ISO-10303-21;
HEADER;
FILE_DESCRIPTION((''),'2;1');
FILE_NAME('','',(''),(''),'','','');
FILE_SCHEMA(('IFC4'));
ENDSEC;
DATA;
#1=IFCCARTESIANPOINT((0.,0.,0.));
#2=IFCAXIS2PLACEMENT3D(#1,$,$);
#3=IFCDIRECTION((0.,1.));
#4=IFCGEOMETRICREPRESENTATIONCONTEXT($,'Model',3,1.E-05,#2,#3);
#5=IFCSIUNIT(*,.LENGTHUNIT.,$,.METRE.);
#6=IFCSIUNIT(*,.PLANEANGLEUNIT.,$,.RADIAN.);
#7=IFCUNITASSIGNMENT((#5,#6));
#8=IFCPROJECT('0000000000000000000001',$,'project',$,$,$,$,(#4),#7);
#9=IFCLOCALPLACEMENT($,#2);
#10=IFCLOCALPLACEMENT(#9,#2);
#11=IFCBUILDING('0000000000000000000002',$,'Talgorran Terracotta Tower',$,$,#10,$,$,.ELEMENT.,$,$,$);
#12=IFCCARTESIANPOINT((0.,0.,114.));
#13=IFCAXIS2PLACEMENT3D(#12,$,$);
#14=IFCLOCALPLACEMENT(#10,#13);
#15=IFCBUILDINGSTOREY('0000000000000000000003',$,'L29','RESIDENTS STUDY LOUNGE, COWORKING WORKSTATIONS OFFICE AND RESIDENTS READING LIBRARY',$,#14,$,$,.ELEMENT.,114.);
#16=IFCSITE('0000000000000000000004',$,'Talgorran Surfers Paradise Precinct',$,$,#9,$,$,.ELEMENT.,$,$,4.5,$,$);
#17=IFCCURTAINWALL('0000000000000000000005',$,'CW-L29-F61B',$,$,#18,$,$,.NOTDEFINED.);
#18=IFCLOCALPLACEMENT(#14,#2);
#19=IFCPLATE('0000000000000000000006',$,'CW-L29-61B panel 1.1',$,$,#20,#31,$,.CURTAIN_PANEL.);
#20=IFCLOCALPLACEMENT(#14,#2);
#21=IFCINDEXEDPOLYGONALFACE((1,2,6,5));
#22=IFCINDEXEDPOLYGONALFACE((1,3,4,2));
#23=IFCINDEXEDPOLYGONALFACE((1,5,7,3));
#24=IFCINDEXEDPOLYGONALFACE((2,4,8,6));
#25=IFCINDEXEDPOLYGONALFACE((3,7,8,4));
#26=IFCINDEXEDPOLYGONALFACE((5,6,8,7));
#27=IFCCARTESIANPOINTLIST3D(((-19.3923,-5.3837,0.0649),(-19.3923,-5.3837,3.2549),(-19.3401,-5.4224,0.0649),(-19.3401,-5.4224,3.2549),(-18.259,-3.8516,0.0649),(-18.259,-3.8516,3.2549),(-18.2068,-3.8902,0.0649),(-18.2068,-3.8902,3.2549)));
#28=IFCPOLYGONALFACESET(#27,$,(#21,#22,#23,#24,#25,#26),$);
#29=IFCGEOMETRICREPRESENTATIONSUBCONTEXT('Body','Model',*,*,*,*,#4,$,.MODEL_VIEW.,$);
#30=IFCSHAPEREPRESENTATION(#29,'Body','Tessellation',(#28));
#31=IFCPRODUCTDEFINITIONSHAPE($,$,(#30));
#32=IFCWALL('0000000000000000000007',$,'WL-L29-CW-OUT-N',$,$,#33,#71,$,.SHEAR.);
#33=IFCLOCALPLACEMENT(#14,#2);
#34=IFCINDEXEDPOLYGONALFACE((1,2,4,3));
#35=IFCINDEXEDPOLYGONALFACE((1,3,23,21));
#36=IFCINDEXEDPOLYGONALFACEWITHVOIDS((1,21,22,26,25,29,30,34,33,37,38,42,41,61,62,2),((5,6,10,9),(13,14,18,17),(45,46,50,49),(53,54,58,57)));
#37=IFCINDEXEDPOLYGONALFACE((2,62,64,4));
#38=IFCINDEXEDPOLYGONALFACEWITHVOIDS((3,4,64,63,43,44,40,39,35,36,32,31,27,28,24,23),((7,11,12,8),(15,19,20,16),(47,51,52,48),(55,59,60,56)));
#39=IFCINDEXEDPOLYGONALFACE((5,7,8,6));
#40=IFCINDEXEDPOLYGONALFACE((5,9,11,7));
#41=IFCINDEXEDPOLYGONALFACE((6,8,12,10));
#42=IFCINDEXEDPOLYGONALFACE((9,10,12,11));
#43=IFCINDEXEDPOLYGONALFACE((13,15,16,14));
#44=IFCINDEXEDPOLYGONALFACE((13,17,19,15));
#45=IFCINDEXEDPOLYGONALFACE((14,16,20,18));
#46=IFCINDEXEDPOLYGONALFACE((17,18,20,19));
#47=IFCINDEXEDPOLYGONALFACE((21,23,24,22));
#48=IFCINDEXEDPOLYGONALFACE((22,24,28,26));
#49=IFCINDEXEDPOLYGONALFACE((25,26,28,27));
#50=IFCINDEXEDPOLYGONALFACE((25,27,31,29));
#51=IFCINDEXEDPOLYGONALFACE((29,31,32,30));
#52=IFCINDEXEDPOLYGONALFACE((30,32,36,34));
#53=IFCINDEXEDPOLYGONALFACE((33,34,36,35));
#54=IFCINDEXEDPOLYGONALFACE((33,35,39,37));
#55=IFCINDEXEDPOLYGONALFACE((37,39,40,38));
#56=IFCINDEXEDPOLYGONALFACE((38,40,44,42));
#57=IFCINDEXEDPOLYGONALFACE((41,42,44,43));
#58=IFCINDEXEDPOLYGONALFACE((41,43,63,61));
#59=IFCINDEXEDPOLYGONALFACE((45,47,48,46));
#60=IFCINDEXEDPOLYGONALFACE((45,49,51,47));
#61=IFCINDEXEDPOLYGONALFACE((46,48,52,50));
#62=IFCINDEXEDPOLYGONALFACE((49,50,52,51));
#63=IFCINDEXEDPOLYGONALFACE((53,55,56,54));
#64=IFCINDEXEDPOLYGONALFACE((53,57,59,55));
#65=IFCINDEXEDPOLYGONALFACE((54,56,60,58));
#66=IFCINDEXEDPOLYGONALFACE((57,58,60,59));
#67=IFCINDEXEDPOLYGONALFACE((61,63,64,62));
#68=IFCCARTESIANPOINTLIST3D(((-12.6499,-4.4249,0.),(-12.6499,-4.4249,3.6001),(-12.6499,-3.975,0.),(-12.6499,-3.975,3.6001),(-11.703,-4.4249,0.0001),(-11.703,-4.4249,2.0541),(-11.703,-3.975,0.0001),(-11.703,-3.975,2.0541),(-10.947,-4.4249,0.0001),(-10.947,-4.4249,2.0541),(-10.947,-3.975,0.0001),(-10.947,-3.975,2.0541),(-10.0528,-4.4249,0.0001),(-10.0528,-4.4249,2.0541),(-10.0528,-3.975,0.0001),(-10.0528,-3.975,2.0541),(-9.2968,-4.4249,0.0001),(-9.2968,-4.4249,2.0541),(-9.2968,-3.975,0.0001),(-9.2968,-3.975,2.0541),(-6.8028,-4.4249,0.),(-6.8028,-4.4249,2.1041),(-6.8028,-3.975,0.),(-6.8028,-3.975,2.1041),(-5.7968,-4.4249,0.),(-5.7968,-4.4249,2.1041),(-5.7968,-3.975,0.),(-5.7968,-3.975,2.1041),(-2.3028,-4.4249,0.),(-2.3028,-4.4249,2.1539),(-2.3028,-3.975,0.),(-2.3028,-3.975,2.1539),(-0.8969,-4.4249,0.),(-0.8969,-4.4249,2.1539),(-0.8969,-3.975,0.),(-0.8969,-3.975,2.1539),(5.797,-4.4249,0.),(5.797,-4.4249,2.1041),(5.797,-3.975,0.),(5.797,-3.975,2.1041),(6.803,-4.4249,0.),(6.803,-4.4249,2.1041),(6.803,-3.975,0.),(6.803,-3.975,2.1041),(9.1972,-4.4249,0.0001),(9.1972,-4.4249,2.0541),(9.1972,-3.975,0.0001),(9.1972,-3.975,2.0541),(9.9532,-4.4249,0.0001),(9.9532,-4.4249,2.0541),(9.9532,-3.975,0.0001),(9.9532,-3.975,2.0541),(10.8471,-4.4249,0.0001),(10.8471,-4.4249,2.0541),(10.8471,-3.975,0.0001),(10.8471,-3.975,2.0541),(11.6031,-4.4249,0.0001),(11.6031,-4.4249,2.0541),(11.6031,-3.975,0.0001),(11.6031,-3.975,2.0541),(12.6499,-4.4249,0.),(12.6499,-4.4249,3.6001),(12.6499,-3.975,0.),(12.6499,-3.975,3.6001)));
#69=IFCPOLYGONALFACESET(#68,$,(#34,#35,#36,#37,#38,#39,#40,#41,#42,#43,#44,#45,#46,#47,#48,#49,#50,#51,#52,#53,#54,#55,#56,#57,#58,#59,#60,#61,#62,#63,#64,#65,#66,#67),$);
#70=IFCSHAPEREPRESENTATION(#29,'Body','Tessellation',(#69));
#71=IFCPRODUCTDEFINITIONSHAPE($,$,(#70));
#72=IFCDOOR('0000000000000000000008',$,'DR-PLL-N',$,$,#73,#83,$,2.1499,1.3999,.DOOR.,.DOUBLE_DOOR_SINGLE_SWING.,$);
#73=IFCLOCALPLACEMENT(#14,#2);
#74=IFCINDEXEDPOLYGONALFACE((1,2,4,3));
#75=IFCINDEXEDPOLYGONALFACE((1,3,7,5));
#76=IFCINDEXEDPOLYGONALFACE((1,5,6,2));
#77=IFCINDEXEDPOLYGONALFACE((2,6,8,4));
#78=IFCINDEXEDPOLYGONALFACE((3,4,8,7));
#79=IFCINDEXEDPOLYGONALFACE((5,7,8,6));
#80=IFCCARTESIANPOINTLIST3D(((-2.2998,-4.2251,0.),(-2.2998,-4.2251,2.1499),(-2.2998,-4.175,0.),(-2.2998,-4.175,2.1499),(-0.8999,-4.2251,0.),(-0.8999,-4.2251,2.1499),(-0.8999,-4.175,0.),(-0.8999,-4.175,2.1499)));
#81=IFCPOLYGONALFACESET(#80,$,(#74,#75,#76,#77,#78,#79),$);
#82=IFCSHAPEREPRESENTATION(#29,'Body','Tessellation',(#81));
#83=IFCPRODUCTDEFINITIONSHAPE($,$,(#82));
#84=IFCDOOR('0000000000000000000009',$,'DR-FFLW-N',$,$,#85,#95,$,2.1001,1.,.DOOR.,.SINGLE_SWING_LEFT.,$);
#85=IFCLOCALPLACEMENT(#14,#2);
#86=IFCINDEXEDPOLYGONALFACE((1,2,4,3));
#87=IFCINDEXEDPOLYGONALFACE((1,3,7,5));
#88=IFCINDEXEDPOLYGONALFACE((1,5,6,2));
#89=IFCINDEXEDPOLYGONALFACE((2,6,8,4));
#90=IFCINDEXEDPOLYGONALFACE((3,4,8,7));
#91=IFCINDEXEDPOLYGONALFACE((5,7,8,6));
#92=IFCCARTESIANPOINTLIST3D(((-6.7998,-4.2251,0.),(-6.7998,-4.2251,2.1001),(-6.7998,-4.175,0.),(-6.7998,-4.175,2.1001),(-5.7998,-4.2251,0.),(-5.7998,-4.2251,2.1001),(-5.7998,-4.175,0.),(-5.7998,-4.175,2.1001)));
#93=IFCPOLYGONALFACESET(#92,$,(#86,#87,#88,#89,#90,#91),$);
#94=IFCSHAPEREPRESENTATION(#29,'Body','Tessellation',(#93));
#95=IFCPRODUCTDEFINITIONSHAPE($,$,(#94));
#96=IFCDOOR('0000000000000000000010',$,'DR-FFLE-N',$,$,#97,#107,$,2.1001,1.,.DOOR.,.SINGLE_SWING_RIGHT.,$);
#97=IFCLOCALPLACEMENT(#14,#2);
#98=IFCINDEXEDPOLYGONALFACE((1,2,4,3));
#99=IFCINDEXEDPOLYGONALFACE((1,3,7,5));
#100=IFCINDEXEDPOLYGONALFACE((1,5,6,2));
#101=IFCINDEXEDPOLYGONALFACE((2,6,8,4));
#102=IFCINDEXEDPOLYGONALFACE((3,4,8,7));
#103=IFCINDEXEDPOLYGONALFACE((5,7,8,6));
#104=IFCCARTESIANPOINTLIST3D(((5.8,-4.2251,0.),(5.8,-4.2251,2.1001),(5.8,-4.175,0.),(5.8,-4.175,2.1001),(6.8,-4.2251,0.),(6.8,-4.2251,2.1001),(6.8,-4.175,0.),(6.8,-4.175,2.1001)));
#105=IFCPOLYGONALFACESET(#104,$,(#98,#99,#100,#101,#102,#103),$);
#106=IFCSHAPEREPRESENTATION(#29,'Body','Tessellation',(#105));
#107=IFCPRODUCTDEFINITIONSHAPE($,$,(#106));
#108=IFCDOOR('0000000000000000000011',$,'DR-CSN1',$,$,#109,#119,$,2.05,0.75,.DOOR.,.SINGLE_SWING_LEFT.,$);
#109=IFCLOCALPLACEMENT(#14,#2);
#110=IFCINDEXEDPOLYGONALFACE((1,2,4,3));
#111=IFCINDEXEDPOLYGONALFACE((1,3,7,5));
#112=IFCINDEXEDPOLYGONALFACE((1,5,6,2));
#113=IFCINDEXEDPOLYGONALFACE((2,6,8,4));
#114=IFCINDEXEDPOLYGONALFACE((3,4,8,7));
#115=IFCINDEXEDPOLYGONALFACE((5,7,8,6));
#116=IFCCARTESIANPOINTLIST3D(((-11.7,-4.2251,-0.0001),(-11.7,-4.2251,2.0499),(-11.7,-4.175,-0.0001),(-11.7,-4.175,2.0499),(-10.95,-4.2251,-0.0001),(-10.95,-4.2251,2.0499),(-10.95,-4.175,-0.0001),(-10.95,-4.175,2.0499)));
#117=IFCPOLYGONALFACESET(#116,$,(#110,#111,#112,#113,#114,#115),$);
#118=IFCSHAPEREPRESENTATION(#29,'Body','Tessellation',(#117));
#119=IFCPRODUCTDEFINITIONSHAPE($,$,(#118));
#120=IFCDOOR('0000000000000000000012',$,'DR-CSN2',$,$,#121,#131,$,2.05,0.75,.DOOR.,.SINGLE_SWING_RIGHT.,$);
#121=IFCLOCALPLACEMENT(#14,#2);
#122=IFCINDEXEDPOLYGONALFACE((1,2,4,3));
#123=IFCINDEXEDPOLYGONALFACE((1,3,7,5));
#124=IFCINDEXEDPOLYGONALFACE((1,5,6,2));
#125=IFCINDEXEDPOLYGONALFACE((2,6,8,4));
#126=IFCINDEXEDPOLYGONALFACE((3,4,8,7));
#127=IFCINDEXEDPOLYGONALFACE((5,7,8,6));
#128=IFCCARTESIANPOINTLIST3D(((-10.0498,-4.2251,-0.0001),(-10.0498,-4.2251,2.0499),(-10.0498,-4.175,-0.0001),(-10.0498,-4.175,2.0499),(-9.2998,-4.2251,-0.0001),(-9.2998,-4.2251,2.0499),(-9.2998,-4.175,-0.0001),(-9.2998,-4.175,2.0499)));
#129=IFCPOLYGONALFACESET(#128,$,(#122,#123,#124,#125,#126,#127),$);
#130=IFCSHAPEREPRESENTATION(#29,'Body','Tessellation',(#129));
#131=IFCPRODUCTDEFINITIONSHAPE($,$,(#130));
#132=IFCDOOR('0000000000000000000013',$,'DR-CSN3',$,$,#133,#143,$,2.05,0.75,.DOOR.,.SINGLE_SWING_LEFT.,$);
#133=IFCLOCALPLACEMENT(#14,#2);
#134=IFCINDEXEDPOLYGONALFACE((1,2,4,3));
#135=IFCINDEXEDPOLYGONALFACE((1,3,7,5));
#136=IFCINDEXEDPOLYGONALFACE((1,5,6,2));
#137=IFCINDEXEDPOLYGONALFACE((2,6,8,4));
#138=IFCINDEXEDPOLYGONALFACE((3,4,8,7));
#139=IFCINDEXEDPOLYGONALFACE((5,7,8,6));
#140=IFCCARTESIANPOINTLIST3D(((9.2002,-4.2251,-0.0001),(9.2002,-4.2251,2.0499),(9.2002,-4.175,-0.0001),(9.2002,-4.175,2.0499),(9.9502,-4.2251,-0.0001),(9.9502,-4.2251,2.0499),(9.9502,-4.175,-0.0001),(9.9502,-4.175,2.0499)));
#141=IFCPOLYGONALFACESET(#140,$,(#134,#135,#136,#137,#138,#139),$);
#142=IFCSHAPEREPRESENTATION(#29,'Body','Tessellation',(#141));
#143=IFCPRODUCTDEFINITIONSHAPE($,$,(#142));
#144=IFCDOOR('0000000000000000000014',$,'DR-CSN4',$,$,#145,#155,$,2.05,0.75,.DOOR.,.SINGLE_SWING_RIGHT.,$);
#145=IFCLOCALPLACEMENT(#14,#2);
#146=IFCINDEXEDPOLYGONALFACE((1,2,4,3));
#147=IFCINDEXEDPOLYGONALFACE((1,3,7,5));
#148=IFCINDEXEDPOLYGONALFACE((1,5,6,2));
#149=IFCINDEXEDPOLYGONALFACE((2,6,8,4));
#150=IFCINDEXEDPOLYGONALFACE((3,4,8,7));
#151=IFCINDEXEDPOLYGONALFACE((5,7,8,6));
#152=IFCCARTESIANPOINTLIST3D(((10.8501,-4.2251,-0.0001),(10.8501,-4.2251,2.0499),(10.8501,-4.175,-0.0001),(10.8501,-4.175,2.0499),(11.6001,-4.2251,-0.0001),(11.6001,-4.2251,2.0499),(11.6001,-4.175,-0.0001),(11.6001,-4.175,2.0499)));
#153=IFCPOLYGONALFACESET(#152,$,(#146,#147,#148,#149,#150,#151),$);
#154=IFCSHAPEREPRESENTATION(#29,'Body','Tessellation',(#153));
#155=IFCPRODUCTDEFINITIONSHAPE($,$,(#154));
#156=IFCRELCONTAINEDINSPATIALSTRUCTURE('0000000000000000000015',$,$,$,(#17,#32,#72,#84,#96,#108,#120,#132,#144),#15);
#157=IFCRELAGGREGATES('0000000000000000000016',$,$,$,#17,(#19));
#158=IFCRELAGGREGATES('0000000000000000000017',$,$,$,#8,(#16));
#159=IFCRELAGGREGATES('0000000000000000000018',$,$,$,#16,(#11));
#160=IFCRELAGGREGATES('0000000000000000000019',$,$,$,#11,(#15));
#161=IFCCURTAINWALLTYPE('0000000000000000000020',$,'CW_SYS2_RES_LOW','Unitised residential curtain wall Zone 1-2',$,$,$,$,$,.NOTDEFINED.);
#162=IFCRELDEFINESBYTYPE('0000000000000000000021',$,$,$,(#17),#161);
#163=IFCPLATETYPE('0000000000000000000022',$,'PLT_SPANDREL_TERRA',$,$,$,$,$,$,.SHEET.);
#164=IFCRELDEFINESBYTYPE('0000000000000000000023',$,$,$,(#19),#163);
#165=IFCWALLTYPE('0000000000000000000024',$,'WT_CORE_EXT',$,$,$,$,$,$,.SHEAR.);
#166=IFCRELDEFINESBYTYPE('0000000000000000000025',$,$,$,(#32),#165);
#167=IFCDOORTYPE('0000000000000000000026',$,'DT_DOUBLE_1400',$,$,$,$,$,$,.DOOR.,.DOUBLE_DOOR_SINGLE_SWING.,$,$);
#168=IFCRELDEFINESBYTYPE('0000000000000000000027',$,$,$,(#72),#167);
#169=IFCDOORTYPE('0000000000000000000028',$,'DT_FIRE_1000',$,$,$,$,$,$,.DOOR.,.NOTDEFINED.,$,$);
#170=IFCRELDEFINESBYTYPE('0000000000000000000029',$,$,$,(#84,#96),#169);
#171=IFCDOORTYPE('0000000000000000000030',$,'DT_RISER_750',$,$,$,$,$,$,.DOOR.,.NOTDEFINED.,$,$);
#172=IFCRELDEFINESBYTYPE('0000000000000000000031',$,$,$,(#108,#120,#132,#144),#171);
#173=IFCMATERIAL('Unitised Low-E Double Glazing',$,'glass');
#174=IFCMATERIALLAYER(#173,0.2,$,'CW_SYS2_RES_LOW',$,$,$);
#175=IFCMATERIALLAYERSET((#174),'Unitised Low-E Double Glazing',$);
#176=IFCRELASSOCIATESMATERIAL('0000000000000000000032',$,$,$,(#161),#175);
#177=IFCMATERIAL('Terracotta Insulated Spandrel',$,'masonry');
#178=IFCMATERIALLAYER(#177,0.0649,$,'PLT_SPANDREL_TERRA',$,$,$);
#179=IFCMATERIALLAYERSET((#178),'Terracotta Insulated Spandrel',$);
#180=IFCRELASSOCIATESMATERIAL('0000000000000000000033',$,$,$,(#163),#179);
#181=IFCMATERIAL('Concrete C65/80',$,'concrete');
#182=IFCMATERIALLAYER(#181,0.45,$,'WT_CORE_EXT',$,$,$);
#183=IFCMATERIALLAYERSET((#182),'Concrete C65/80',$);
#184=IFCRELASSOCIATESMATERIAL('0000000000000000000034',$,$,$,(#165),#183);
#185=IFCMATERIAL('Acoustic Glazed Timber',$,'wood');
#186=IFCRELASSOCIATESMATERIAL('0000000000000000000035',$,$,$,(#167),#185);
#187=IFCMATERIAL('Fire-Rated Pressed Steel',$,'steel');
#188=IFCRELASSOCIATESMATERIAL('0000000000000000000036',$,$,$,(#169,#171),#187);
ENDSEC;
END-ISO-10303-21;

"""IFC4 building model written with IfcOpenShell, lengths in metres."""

from ifc_helpers import new_model, si_unit, direction, frame, frame_2d, origin, origin_2d, place, context, subcontext, project, spatial, rectangle, extrude, source, transform, mapped, material, layer, layer_set, type_object, type_shapes, element, fill, aggregate, save


model = new_model("IFC4")

# Units and contexts
model_context = context("Model", 3, precision=1e-05, world=origin(), true_north=direction((0.0, 1.0)))
body_context = subcontext(model_context, "Body", "Model", "MODEL_VIEW")
ifc_project = project(units=[si_unit("LENGTHUNIT", "METRE"), si_unit("PLANEANGLEUNIT", "RADIAN")], contexts=[model_context])

# Site, building, storey
site_placement = place(None, origin())
site = spatial("IfcSite", under=ifc_project, at=site_placement, Name="Talgorran Surfers Paradise Precinct", CompositionType="ELEMENT", RefElevation=4.5)
building_placement = place(site_placement, origin())
building = spatial("IfcBuilding", under=site, at=building_placement, Name="Talgorran Terracotta Tower", CompositionType="ELEMENT")
storey_placement = place(building_placement, frame((0.0, 0.0, 114.0)))
storey = spatial("IfcBuildingStorey", under=building, at=storey_placement, Name="L29", Description="RESIDENTS STUDY LOUNGE, COWORKING WORKSTATIONS OFFICE AND RESIDENTS READING LIBRARY", CompositionType="ELEMENT", Elevation=114.0)

# Shared definitions
ifc_material_1 = material(Name="Unitised Low-E Double Glazing", Category="glass")
ifc_layer_1 = layer(ifc_material_1, 0.2, Name="CW_SYS2_RES_LOW")
ifc_layer_set_1 = layer_set([ifc_layer_1], Name="Unitised Low-E Double Glazing")
curtain_wall_type = type_object("IfcCurtainWallType", Name="CW_SYS2_RES_LOW", Description="Unitised residential curtain wall Zone 1-2", PredefinedType="NOTDEFINED", material=ifc_layer_set_1)

# Curtain wall
curtain_wall_1_placement = place(storey_placement, origin())
curtain_wall_1 = element("IfcCurtainWall", 1, at=curtain_wall_1_placement, inside=storey, type_object=curtain_wall_type, Name="CW-L29-F61B", PredefinedType="NOTDEFINED")

# Plate
ifc_material_2 = material(Name="Terracotta Insulated Spandrel", Category="masonry")
ifc_layer_2 = layer(ifc_material_2, 0.0649, Name="PLT_SPANDREL_TERRA")
ifc_layer_set_2 = layer_set([ifc_layer_2], Name="Terracotta Insulated Spandrel")
plate_type_1 = type_object("IfcPlateType", Name="PLT_SPANDREL_TERRA", PredefinedType="SHEET", material=ifc_layer_set_2)
shared_shape = source(origin(), body_context, "Body", "SweptSolid", [
    extrude(rectangle(XDim=1.9058, YDim=0.0649, at=origin_2d()), origin(), (0.0, 0.0, 1.0), 3.1899),
])
type_shapes(plate_type_1, [shared_shape])
plate_1_placement = place(storey_placement, frame((-18.7996, -4.637, 0.0649), z_axis=(0.0, 0.0, 1.0), x_axis=(-0.594666, -0.803973, 0.0)))
plate_1 = element("IfcPlate", 2, at=plate_1_placement, type_object=plate_type_1, Name="CW-L29-61B panel 1.1", PredefinedType="CURTAIN_PANEL", context=body_context, shape_type="MappedRepresentation", body=[
    mapped(shared_shape, transform((0.0, 0.0, 0.0), scale=1.0)),
])
aggregate(curtain_wall_1, [plate_1])

# Wall, openings, doors
ifc_material_3 = material(Name="Concrete C65/80", Category="concrete")
ifc_layer_3 = layer(ifc_material_3, 0.45, Name="WT_CORE_EXT")
ifc_layer_set_3 = layer_set([ifc_layer_3], Name="Concrete C65/80")
wall_type_1 = type_object("IfcWallType", Name="WT_CORE_EXT", PredefinedType="SHEAR", material=ifc_layer_set_3)
wall_1_placement = place(storey_placement, frame((-12.6499, -4.2, 0.0), z_axis=(0.0, 0.0, 1.0), x_axis=(1.0, 0.0, 0.0)))
wall_1 = element("IfcWall", 3, at=wall_1_placement, inside=storey, type_object=wall_type_1, Name="WL-L29-CW-OUT-N", PredefinedType="SHEAR", context=body_context, shape_type="SweptSolid", body=[
    extrude(rectangle(XDim=25.2998, YDim=0.45, at=frame_2d((12.6499, 0.0))), origin(), (0.0, 0.0, 1.0), 3.6001),
])
opening_1_placement = place(wall_1_placement, frame((0.95, 0.0, 0.0)))
opening_1 = element("IfcOpeningElement", 4, at=opening_1_placement, cuts=wall_1, PredefinedType="OPENING", context=body_context, shape_type="SweptSolid", body=[
    extrude(rectangle(XDim=0.756, YDim=2.054, at=frame_2d((0.375, 1.0271))), frame((0.0, 0.2349, 0.0), z_axis=(0.0, -1.0, 0.0), x_axis=(1.0, 0.0, 0.0)), (0.0, 0.0, 1.0), 0.47),
])
opening_2_placement = place(wall_1_placement, frame((2.6001, 0.0, 0.0)))
opening_2 = element("IfcOpeningElement", 5, at=opening_2_placement, cuts=wall_1, PredefinedType="OPENING", context=body_context, shape_type="SweptSolid", body=[
    extrude(rectangle(XDim=0.756, YDim=2.054, at=frame_2d((0.375, 1.0271))), frame((0.0, 0.2349, 0.0), z_axis=(0.0, -1.0, 0.0), x_axis=(1.0, 0.0, 0.0)), (0.0, 0.0, 1.0), 0.47),
])
opening_3_placement = place(wall_1_placement, frame((21.8501, 0.0, 0.0)))
opening_3 = element("IfcOpeningElement", 6, at=opening_3_placement, cuts=wall_1, PredefinedType="OPENING", context=body_context, shape_type="SweptSolid", body=[
    extrude(rectangle(XDim=0.756, YDim=2.054, at=frame_2d((0.375, 1.0271))), frame((0.0, 0.2349, 0.0), z_axis=(0.0, -1.0, 0.0), x_axis=(1.0, 0.0, 0.0)), (0.0, 0.0, 1.0), 0.47),
])
opening_4_placement = place(wall_1_placement, frame((23.5, 0.0, 0.0)))
opening_4 = element("IfcOpeningElement", 7, at=opening_4_placement, cuts=wall_1, PredefinedType="OPENING", context=body_context, shape_type="SweptSolid", body=[
    extrude(rectangle(XDim=0.756, YDim=2.054, at=frame_2d((0.375, 1.0271))), frame((0.0, 0.2349, 0.0), z_axis=(0.0, -1.0, 0.0), x_axis=(1.0, 0.0, 0.0)), (0.0, 0.0, 1.0), 0.47),
])
opening_5_placement = place(wall_1_placement, frame((5.8501, 0.0, 0.0)))
opening_5 = element("IfcOpeningElement", 8, at=opening_5_placement, cuts=wall_1, PredefinedType="OPENING", context=body_context, shape_type="SweptSolid", body=[
    extrude(rectangle(XDim=1.006, YDim=2.1041, at=frame_2d((0.5, 1.052))), frame((0.0, 0.2349, 0.0), z_axis=(0.0, -1.0, 0.0), x_axis=(1.0, 0.0, 0.0)), (0.0, 0.0, 1.0), 0.47),
])
opening_6_placement = place(wall_1_placement, frame((10.3501, 0.0, 0.0)))
opening_6 = element("IfcOpeningElement", 9, at=opening_6_placement, cuts=wall_1, PredefinedType="OPENING", context=body_context, shape_type="SweptSolid", body=[
    extrude(rectangle(XDim=1.4059, YDim=2.1539, at=frame_2d((0.7, 1.0769))), frame((0.0, 0.2349, 0.0), z_axis=(0.0, -1.0, 0.0), x_axis=(1.0, 0.0, 0.0)), (0.0, 0.0, 1.0), 0.47),
])
opening_7_placement = place(wall_1_placement, frame((18.45, 0.0, 0.0)))
opening_7 = element("IfcOpeningElement", 10, at=opening_7_placement, cuts=wall_1, PredefinedType="OPENING", context=body_context, shape_type="SweptSolid", body=[
    extrude(rectangle(XDim=1.006, YDim=2.1041, at=frame_2d((0.5, 1.052))), frame((0.0, 0.2349, 0.0), z_axis=(0.0, -1.0, 0.0), x_axis=(1.0, 0.0, 0.0)), (0.0, 0.0, 1.0), 0.47),
])
ifc_material_4 = material(Name="Acoustic Glazed Timber", Category="wood")
door_type_1 = type_object("IfcDoorType", Name="DT_DOUBLE_1400", OperationType="DOUBLE_DOOR_SINGLE_SWING", PredefinedType="DOOR", material=ifc_material_4)
door_1_placement = place(opening_6_placement, origin())
door_1 = element("IfcDoor", 11, at=door_1_placement, inside=storey, type_object=door_type_1, Name="DR-PLL-N", OperationType="DOUBLE_DOOR_SINGLE_SWING", OverallHeight=2.1499, OverallWidth=1.3999, PredefinedType="DOOR", context=body_context, shape_type="SweptSolid", body=[
    extrude(rectangle(XDim=1.3999, YDim=2.1499, at=frame_2d((0.7, 1.075))), frame((0.0, 0.0249, 0.0), z_axis=(0.0, -1.0, 0.0), x_axis=(1.0, 0.0, 0.0)), (0.0, 0.0, 1.0), 0.05),
])
fill(opening_6, door_1)
ifc_material_5 = material(Name="Fire-Rated Pressed Steel", Category="steel")
door_type_2 = type_object("IfcDoorType", Name="DT_FIRE_1000", OperationType="NOTDEFINED", PredefinedType="DOOR", material=ifc_material_5)
door_2_placement = place(opening_5_placement, origin())
door_2 = element("IfcDoor", 12, at=door_2_placement, inside=storey, type_object=door_type_2, Name="DR-FFLW-N", OperationType="SINGLE_SWING_LEFT", OverallHeight=2.1001, OverallWidth=1.0, PredefinedType="DOOR", context=body_context, shape_type="SweptSolid", body=[
    extrude(rectangle(XDim=1.0, YDim=2.1001, at=frame_2d((0.5, 1.05))), frame((0.0, 0.0249, 0.0), z_axis=(0.0, -1.0, 0.0), x_axis=(1.0, 0.0, 0.0)), (0.0, 0.0, 1.0), 0.05),
])
fill(opening_5, door_2)
door_3_placement = place(opening_7_placement, origin())
door_3 = element("IfcDoor", 13, at=door_3_placement, inside=storey, type_object=door_type_2, Name="DR-FFLE-N", OperationType="SINGLE_SWING_RIGHT", OverallHeight=2.1001, OverallWidth=1.0, PredefinedType="DOOR", context=body_context, shape_type="SweptSolid", body=[
    extrude(rectangle(XDim=1.0, YDim=2.1001, at=frame_2d((0.5, 1.05))), frame((0.0, 0.0249, 0.0), z_axis=(0.0, -1.0, 0.0), x_axis=(1.0, 0.0, 0.0)), (0.0, 0.0, 1.0), 0.05),
])
fill(opening_7, door_3)
door_type_3 = type_object("IfcDoorType", Name="DT_RISER_750", OperationType="NOTDEFINED", PredefinedType="DOOR", material=ifc_material_5)
door_4_placement = place(opening_1_placement, origin())
door_4 = element("IfcDoor", 14, at=door_4_placement, inside=storey, type_object=door_type_3, Name="DR-CSN1", OperationType="SINGLE_SWING_LEFT", OverallHeight=2.05, OverallWidth=0.75, PredefinedType="DOOR", context=body_context, shape_type="SweptSolid", body=[
    extrude(rectangle(XDim=0.75, YDim=2.05, at=frame_2d((0.375, 1.0249))), frame((0.0, 0.0249, 0.0), z_axis=(0.0, -1.0, 0.0), x_axis=(1.0, 0.0, 0.0)), (0.0, 0.0, 1.0), 0.05),
])
fill(opening_1, door_4)
door_5_placement = place(opening_2_placement, origin())
door_5 = element("IfcDoor", 15, at=door_5_placement, inside=storey, type_object=door_type_3, Name="DR-CSN2", OperationType="SINGLE_SWING_RIGHT", OverallHeight=2.05, OverallWidth=0.75, PredefinedType="DOOR", context=body_context, shape_type="SweptSolid", body=[
    extrude(rectangle(XDim=0.75, YDim=2.05, at=frame_2d((0.375, 1.0249))), frame((0.0, 0.0249, 0.0), z_axis=(0.0, -1.0, 0.0), x_axis=(1.0, 0.0, 0.0)), (0.0, 0.0, 1.0), 0.05),
])
fill(opening_2, door_5)
door_6_placement = place(opening_3_placement, origin())
door_6 = element("IfcDoor", 16, at=door_6_placement, inside=storey, type_object=door_type_3, Name="DR-CSN3", OperationType="SINGLE_SWING_LEFT", OverallHeight=2.05, OverallWidth=0.75, PredefinedType="DOOR", context=body_context, shape_type="SweptSolid", body=[
    extrude(rectangle(XDim=0.75, YDim=2.05, at=frame_2d((0.375, 1.0249))), frame((0.0, 0.0249, 0.0), z_axis=(0.0, -1.0, 0.0), x_axis=(1.0, 0.0, 0.0)), (0.0, 0.0, 1.0), 0.05),
])
fill(opening_3, door_6)
door_7_placement = place(opening_4_placement, origin())
door_7 = element("IfcDoor", 17, at=door_7_placement, inside=storey, type_object=door_type_3, Name="DR-CSN4", OperationType="SINGLE_SWING_RIGHT", OverallHeight=2.05, OverallWidth=0.75, PredefinedType="DOOR", context=body_context, shape_type="SweptSolid", body=[
    extrude(rectangle(XDim=0.75, YDim=2.05, at=frame_2d((0.375, 1.0249))), frame((0.0, 0.0249, 0.0), z_axis=(0.0, -1.0, 0.0), x_axis=(1.0, 0.0, 0.0)), (0.0, 0.0, 1.0), 0.05),
])
fill(opening_4, door_7)

save(model, "model.ifc")
